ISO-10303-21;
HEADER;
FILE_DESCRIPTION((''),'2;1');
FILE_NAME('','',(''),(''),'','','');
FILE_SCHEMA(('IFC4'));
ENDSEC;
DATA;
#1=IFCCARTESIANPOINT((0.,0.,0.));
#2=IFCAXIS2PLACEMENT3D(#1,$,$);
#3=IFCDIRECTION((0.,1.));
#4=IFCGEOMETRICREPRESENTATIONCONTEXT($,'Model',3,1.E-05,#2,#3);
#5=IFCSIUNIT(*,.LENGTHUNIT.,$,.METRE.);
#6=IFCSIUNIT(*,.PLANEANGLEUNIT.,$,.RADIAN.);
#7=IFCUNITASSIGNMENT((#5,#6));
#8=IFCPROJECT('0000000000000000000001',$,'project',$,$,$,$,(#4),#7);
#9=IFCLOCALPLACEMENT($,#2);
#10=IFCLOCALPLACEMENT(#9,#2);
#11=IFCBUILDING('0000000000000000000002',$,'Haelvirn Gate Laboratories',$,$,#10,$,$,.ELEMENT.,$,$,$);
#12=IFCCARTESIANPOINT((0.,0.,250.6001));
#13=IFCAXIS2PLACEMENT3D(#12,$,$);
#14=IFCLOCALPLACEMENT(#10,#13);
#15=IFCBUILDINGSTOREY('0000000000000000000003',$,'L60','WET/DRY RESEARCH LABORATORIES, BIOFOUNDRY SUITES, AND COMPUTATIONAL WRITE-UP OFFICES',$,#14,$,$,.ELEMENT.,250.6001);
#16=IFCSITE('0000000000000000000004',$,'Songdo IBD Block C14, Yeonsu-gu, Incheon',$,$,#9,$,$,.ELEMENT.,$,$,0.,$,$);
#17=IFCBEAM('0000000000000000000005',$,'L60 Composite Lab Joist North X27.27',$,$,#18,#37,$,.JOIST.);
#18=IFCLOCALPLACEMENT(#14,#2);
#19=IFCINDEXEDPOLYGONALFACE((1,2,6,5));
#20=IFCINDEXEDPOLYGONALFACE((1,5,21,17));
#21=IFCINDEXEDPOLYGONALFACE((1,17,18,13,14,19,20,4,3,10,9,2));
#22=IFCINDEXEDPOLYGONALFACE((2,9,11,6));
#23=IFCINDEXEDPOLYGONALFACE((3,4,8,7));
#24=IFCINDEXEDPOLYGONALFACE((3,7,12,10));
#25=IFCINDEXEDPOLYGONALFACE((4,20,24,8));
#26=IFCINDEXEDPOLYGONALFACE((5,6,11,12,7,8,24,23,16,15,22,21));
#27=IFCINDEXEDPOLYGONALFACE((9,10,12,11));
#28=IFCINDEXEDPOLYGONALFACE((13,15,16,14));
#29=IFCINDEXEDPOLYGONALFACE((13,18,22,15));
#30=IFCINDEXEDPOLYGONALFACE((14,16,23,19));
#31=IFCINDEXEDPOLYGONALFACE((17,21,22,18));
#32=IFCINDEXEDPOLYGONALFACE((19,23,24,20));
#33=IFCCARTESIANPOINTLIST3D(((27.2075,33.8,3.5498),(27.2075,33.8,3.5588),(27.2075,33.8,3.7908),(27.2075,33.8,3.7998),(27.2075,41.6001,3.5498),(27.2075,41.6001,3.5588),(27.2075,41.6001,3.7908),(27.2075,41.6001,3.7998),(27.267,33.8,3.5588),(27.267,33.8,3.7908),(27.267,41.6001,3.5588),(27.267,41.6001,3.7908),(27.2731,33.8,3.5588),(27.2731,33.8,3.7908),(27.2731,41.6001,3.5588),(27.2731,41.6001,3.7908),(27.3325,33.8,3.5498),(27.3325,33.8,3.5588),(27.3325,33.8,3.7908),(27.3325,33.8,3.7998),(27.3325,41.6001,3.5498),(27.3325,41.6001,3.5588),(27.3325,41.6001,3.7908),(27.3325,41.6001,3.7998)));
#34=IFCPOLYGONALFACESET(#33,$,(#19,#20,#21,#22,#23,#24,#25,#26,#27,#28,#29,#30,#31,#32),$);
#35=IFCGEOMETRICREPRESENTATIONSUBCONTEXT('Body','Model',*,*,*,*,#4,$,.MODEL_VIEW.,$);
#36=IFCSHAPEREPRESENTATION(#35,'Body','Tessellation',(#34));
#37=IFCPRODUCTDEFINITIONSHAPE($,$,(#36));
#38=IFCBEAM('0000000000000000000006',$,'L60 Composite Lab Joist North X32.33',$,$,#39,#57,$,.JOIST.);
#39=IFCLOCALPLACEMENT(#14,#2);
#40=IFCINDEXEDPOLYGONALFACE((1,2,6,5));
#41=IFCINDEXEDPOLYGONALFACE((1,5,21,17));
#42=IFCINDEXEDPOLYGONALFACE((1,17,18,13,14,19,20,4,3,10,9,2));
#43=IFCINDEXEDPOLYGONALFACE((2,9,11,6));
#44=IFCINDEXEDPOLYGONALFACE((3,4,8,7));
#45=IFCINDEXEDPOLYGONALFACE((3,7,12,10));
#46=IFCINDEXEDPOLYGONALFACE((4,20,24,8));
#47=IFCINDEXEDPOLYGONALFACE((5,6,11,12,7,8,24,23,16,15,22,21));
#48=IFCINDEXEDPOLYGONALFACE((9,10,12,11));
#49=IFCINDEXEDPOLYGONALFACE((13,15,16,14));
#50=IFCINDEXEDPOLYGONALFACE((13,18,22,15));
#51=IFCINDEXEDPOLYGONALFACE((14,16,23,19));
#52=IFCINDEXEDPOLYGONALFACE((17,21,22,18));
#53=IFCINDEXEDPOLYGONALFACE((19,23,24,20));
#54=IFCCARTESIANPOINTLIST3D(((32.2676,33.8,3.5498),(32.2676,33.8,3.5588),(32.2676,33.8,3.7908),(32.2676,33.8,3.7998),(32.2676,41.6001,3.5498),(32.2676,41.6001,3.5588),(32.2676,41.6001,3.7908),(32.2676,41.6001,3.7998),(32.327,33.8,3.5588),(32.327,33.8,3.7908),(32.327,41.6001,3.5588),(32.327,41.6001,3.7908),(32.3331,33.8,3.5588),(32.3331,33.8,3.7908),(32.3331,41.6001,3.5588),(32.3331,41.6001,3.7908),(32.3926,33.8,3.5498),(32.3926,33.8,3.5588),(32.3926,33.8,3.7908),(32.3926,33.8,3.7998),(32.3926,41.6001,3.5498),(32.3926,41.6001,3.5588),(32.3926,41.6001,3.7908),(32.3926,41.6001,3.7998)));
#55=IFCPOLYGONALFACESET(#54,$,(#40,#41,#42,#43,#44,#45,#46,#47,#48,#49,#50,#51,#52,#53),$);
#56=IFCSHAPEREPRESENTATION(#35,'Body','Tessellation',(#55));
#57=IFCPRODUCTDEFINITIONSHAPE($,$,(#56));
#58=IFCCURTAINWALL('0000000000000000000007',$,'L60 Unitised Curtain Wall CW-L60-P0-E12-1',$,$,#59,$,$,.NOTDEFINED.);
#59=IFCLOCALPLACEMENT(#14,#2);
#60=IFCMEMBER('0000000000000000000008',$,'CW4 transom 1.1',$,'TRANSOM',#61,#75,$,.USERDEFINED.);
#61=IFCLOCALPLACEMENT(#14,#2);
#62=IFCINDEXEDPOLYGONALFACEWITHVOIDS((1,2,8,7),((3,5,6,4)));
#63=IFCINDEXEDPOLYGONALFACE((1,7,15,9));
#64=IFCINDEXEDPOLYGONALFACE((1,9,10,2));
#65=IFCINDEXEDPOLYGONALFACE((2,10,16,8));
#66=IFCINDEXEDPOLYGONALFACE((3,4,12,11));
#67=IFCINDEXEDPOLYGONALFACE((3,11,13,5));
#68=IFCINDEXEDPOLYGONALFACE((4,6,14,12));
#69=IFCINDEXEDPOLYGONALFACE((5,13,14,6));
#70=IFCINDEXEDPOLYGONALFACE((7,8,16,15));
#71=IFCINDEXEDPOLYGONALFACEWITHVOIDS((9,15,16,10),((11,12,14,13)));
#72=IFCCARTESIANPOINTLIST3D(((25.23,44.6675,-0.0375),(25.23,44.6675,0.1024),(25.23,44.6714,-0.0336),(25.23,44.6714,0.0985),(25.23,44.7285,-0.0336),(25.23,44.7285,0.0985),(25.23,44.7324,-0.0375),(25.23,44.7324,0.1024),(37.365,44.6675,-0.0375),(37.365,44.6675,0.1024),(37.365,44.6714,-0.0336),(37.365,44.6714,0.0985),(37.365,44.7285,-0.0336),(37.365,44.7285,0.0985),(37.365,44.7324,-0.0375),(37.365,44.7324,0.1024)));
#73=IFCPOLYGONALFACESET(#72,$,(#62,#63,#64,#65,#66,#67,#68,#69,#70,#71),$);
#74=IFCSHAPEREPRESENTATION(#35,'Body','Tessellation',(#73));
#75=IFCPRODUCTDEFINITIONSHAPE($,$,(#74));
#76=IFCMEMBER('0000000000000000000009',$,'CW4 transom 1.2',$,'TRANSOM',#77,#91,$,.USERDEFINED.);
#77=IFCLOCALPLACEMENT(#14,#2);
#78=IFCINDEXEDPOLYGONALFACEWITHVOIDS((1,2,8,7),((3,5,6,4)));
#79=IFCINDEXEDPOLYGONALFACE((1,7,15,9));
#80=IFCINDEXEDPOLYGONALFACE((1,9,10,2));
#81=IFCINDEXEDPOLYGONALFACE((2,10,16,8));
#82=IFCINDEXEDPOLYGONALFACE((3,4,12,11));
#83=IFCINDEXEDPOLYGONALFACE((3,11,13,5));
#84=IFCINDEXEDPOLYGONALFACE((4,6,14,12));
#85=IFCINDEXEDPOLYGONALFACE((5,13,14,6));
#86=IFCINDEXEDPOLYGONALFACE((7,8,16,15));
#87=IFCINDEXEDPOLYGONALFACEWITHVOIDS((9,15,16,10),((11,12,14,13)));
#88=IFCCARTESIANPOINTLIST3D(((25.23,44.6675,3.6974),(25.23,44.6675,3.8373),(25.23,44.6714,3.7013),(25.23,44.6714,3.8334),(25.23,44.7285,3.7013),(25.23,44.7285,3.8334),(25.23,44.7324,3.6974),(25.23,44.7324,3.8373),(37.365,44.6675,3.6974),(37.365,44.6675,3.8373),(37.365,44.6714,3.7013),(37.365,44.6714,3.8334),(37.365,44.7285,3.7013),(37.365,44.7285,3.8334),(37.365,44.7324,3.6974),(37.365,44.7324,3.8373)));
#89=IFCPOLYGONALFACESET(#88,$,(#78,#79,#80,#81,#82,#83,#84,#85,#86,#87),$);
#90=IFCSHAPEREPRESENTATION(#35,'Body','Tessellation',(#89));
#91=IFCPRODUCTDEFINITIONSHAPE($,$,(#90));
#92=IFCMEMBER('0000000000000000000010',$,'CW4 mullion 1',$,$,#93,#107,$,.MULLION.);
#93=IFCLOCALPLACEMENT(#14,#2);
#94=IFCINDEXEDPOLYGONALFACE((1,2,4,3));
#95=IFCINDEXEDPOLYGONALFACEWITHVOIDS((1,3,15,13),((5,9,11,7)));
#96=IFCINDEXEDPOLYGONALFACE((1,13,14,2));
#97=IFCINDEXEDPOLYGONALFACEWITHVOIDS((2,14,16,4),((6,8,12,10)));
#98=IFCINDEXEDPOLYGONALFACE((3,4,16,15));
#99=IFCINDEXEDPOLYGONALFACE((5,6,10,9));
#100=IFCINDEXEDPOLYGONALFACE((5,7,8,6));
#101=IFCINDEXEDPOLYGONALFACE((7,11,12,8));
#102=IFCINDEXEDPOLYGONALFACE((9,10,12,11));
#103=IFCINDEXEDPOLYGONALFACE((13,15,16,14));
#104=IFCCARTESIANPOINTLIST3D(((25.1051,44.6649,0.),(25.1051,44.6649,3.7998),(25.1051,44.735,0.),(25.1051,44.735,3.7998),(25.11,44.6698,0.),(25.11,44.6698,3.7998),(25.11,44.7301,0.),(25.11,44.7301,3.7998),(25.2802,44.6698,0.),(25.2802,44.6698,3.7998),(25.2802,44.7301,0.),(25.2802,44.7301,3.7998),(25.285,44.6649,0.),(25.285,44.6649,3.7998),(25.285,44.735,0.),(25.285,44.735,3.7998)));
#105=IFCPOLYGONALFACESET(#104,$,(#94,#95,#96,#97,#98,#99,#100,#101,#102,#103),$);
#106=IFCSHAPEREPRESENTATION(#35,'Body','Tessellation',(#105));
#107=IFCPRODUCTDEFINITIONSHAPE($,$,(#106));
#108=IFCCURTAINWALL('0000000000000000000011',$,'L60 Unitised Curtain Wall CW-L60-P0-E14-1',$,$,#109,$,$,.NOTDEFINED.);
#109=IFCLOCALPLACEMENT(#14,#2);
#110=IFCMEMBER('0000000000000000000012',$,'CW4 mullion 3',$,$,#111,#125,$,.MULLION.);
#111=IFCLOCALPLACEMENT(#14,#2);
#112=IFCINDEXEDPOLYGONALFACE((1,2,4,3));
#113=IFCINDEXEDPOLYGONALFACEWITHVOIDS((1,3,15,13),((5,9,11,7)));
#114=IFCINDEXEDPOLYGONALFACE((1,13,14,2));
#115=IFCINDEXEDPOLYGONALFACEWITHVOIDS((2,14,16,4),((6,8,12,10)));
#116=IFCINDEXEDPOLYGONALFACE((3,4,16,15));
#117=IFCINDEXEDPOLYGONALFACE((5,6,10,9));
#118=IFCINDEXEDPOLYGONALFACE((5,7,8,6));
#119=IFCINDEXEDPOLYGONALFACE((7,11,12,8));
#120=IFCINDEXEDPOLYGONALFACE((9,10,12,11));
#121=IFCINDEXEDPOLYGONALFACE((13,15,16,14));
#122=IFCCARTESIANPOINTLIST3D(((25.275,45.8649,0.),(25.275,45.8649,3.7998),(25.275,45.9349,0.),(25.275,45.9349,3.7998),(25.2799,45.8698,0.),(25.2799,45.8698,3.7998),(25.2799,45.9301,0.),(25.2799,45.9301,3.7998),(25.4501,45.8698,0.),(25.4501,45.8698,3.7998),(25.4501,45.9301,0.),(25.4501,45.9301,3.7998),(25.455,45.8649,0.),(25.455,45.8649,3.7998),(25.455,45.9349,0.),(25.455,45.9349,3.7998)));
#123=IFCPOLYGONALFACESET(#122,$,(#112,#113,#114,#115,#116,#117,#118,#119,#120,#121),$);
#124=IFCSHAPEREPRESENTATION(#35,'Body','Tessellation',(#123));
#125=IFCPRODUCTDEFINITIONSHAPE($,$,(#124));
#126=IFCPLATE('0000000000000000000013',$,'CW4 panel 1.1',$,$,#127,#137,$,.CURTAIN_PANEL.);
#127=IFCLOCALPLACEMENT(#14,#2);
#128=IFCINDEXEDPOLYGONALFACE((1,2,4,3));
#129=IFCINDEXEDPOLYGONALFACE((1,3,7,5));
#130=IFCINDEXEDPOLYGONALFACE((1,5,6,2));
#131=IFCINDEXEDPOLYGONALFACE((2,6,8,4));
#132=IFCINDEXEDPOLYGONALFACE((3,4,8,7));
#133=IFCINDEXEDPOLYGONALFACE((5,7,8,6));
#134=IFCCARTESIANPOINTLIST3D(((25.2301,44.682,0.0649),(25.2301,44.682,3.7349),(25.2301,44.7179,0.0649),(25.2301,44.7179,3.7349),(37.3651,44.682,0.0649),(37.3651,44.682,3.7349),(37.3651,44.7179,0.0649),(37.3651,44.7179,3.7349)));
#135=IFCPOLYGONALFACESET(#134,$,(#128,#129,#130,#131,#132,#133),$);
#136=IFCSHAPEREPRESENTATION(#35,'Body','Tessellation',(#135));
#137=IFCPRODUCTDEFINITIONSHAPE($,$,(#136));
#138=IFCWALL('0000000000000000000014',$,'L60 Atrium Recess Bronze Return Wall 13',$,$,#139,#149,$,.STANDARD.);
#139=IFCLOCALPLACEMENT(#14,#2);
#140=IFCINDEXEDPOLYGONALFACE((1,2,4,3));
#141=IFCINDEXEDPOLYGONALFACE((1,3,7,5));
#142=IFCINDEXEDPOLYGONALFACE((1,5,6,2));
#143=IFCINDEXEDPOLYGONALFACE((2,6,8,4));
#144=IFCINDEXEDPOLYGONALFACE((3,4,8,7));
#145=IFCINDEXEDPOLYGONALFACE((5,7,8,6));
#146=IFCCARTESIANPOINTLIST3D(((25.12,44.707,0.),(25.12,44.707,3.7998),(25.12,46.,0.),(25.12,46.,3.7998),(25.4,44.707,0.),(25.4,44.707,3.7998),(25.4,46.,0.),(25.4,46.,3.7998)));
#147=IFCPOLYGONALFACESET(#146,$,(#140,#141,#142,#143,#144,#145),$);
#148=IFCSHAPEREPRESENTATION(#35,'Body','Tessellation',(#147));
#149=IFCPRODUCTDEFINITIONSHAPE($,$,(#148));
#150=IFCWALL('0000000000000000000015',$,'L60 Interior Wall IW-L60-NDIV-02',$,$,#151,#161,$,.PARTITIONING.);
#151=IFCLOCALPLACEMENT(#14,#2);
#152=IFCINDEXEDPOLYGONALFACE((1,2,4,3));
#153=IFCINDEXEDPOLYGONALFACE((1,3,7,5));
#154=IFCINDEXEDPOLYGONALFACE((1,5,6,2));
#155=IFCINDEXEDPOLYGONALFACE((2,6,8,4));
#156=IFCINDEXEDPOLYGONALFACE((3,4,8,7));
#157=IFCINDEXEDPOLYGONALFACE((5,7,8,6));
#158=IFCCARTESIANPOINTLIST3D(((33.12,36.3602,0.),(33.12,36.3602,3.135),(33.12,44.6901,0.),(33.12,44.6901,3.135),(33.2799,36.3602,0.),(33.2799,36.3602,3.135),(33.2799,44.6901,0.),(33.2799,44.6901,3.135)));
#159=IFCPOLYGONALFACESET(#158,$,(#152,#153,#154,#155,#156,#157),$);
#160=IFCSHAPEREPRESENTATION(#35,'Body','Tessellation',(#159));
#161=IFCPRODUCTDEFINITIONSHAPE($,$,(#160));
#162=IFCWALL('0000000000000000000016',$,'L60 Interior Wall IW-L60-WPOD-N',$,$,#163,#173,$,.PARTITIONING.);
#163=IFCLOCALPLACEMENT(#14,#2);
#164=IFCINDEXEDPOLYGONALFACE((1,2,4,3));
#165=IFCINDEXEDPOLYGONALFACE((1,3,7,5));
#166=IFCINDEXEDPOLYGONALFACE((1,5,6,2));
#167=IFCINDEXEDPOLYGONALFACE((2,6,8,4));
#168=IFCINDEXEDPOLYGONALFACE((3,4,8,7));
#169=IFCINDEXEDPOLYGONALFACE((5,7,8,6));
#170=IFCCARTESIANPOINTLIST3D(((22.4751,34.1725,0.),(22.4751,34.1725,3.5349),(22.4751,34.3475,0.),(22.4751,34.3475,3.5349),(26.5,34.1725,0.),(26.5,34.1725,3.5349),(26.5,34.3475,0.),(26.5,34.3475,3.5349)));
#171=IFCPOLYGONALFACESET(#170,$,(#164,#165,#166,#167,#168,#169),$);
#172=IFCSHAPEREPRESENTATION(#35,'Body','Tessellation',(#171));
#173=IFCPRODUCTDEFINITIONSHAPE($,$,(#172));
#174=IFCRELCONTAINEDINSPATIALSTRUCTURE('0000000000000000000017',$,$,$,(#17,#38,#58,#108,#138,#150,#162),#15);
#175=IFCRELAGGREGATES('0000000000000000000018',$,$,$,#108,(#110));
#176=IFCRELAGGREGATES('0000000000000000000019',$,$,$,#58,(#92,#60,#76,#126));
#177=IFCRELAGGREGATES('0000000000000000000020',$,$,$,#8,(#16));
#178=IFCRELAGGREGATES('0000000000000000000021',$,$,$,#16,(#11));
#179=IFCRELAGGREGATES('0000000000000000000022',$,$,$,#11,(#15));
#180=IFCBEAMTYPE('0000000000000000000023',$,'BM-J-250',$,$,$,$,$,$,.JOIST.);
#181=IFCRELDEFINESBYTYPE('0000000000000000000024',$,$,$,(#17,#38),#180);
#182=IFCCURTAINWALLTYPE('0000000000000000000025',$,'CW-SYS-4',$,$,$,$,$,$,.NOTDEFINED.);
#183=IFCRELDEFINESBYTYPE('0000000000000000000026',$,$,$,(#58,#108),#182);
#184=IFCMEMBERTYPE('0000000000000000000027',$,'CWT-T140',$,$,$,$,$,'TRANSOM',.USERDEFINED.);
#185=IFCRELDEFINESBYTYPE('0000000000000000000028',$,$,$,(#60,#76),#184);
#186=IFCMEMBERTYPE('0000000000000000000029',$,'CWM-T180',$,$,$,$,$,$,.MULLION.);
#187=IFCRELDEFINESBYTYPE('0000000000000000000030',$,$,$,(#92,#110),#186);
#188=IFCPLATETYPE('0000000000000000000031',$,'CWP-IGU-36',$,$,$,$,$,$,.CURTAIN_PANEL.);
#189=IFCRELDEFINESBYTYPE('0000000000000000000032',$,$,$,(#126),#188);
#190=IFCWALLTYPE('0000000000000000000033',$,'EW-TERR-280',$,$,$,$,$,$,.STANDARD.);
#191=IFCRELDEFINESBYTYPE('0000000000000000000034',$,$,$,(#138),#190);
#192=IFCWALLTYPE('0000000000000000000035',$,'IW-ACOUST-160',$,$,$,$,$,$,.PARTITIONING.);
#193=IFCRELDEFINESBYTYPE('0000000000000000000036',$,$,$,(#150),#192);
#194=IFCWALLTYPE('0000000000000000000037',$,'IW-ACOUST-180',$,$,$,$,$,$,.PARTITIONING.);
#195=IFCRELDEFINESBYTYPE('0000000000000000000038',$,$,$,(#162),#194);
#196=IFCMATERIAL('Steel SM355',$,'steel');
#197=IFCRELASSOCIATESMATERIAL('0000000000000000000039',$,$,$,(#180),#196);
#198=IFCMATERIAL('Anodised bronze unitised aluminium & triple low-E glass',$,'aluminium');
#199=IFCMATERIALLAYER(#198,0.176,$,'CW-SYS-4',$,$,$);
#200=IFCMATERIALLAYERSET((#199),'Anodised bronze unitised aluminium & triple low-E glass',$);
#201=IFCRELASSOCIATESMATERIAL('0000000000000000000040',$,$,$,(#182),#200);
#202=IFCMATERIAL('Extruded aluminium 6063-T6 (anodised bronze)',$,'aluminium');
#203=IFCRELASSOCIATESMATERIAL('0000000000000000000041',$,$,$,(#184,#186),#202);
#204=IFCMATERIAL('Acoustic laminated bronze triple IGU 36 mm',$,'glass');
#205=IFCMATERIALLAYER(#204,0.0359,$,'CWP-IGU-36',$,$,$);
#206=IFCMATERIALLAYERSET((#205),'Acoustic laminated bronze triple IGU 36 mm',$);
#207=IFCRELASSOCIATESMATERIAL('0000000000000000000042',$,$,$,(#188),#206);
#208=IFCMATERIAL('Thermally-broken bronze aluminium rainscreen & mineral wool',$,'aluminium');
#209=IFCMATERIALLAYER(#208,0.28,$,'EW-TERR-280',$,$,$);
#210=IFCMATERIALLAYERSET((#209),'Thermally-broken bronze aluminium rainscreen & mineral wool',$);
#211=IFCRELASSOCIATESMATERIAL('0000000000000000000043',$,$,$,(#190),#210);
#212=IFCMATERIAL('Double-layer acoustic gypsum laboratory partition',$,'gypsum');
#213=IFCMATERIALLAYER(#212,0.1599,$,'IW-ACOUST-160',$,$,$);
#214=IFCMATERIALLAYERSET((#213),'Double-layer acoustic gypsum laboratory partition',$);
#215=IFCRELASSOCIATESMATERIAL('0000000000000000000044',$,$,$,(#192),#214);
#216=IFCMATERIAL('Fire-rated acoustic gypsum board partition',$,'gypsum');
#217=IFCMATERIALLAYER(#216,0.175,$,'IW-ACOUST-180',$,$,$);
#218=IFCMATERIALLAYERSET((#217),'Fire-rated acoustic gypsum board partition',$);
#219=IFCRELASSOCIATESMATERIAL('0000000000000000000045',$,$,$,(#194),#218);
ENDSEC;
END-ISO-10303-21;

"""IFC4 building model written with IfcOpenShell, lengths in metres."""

from ifc_helpers import new_model, si_unit, direction, frame, frame_2d, origin, origin_2d, place, context, subcontext, project, spatial, rectangle, hollow_rectangle, i_section, extrude, source, transform, mapped, material, layer, layer_set, material_profile, profile_set, type_object, type_shapes, element, aggregate, save


model = new_model("IFC4")

# Units and contexts
model_context = context("Model", 3, precision=1e-05, world=origin(), true_north=direction((0.0, 1.0)))
body_context = subcontext(model_context, "Body", "Model", "MODEL_VIEW")
ifc_project = project(units=[si_unit("LENGTHUNIT", "METRE"), si_unit("PLANEANGLEUNIT", "RADIAN")], contexts=[model_context])

# Site, building, storey
site_placement = place(None, origin())
site = spatial("IfcSite", under=ifc_project, at=site_placement, Name="Songdo IBD Block C14, Yeonsu-gu, Incheon", CompositionType="ELEMENT", RefElevation=0.0)
building_placement = place(site_placement, origin())
building = spatial("IfcBuilding", under=site, at=building_placement, Name="Haelvirn Gate Laboratories", CompositionType="ELEMENT")
storey_placement = place(building_placement, frame((0.0, 0.0, 250.6001)))
storey = spatial("IfcBuildingStorey", under=building, at=storey_placement, Name="L60", Description="WET/DRY RESEARCH LABORATORIES, BIOFOUNDRY SUITES, AND COMPUTATIONAL WRITE-UP OFFICES", CompositionType="ELEMENT", Elevation=250.6001)

# Shared definitions
ifc_material_1 = material(Name="Steel SM355", Category="steel")

# Beams
ifc_material_profile_1 = material_profile(ifc_material_1, i_section(OverallWidth=0.125, OverallDepth=0.25, WebThickness=0.0061, FlangeThickness=0.009, at=origin_2d()), Name="H-250x125x6x9")
ifc_profile_set_1 = profile_set([ifc_material_profile_1], Name="Steel SM355")
beam_type_1 = type_object("IfcBeamType", Name="BM-J-250", PredefinedType="JOIST", material=ifc_profile_set_1)
shared_shape_1 = source(origin(), body_context, "Body", "SweptSolid", [
    extrude(i_section(OverallWidth=0.125, OverallDepth=0.25, WebThickness=0.0061, FlangeThickness=0.009, at=origin_2d()), origin(), (0.0, 0.0, 1.0), 7.8),
])
type_shapes(beam_type_1, [shared_shape_1])
for number, where, z_axis, x_axis, name in (
    (1, (27.27, 33.8, 3.6748), (0.0, 1.0, 0.0), (-1.0, 0.0, 0.0), "L60 Composite Lab Joist North X27.27"),
    (2, (32.3301, 33.8, 3.6748), (0.0, 1.0, 0.0), (-1.0, 0.0, 0.0), "L60 Composite Lab Joist North X32.33"),
):
    element("IfcBeam", number, at=place(storey_placement, frame(where, z_axis=z_axis, x_axis=x_axis)), inside=storey, type_object=beam_type_1, Name=name, PredefinedType="JOIST", context=body_context, shape_type="MappedRepresentation", body=[
        mapped(shared_shape_1, transform((0.0, 0.0, 0.0), scale=1.0)),
    ])

# Curtain wall, members
ifc_material_2 = material(Name="Anodised bronze unitised aluminium & triple low-E glass", Category="aluminium")
ifc_layer_1 = layer(ifc_material_2, 0.176, Name="CW-SYS-4")
ifc_layer_set_1 = layer_set([ifc_layer_1], Name="Anodised bronze unitised aluminium & triple low-E glass")
curtain_wall_type = type_object("IfcCurtainWallType", Name="CW-SYS-4", PredefinedType="NOTDEFINED", material=ifc_layer_set_1)
curtain_wall_1_placement = place(storey_placement, origin())
curtain_wall_1 = element("IfcCurtainWall", 3, at=curtain_wall_1_placement, inside=storey, type_object=curtain_wall_type, Name="L60 Unitised Curtain Wall CW-L60-P0-E12-1", PredefinedType="NOTDEFINED")
ifc_material_3 = material(Name="Extruded aluminium 6063-T6 (anodised bronze)", Category="aluminium")
ifc_material_profile_2 = material_profile(ifc_material_3, hollow_rectangle(XDim=0.0649, YDim=0.1399, WallThickness=0.0039, at=origin_2d()), Name="CWT-140x65x4")
ifc_profile_set_2 = profile_set([ifc_material_profile_2], Name="Extruded aluminium 6063-T6 (anodised bronze)")
member_type_1 = type_object("IfcMemberType", Name="CWT-T140", ElementType="TRANSOM", PredefinedType="USERDEFINED", material=ifc_profile_set_2)
shared_shape_2 = source(origin(), body_context, "Body", "SweptSolid", [
    extrude(hollow_rectangle(XDim=0.0649, YDim=0.1399, WallThickness=0.0039, at=origin_2d()), origin(), (0.0, 0.0, 1.0), 12.135),
])
type_shapes(member_type_1, [shared_shape_2])
member_1_placement = place(storey_placement, frame((25.23, 44.7, 0.0325), z_axis=(1.0, 0.0, 0.0), x_axis=(0.0, 1.0, 0.0)))
member_1 = element("IfcMember", 4, at=member_1_placement, type_object=member_type_1, Name="CW4 transom 1.1", ObjectType="TRANSOM", PredefinedType="USERDEFINED", context=body_context, shape_type="MappedRepresentation", body=[
    mapped(shared_shape_2, transform((0.0, 0.0, 0.0), scale=1.0)),
])
member_2_placement = place(storey_placement, frame((25.23, 44.7, 3.7673), z_axis=(1.0, 0.0, 0.0), x_axis=(0.0, 1.0, 0.0)))
member_2 = element("IfcMember", 5, at=member_2_placement, type_object=member_type_1, Name="CW4 transom 1.2", ObjectType="TRANSOM", PredefinedType="USERDEFINED", context=body_context, shape_type="MappedRepresentation", body=[
    mapped(shared_shape_2, transform((0.0, 0.0, 0.0), scale=1.0)),
])
ifc_material_profile_3 = material_profile(ifc_material_3, hollow_rectangle(XDim=0.0701, YDim=0.1799, WallThickness=0.0049, at=origin_2d()), Name="CWM-180x70x5")
ifc_profile_set_3 = profile_set([ifc_material_profile_3], Name="Extruded aluminium 6063-T6 (anodised bronze)")
member_type_2 = type_object("IfcMemberType", Name="CWM-T180", PredefinedType="MULLION", material=ifc_profile_set_3)
shared_shape_3 = source(origin(), body_context, "Body", "SweptSolid", [
    extrude(hollow_rectangle(XDim=0.0701, YDim=0.1799, WallThickness=0.0049, at=origin_2d()), origin(), (0.0, 0.0, 1.0), 3.7998),
])
type_shapes(member_type_2, [shared_shape_3])
member_3_placement = place(storey_placement, frame((25.1951, 44.7, 0.0), z_axis=(0.0, 0.0, 1.0), x_axis=(0.0, 1.0, 0.0)))
member_3 = element("IfcMember", 6, at=member_3_placement, type_object=member_type_2, Name="CW4 mullion 1", PredefinedType="MULLION", context=body_context, shape_type="MappedRepresentation", body=[
    mapped(shared_shape_3, transform((0.0, 0.0, 0.0), scale=1.0)),
])

# Curtain wall, member
curtain_wall_2_placement = place(storey_placement, origin())
curtain_wall_2 = element("IfcCurtainWall", 7, at=curtain_wall_2_placement, inside=storey, type_object=curtain_wall_type, Name="L60 Unitised Curtain Wall CW-L60-P0-E14-1", PredefinedType="NOTDEFINED")
member_4_placement = place(storey_placement, frame((25.365, 45.8999, 0.0), z_axis=(0.0, 0.0, 1.0), x_axis=(0.0, 1.0, 0.0)))
member_4 = element("IfcMember", 8, at=member_4_placement, type_object=member_type_2, Name="CW4 mullion 3", PredefinedType="MULLION", context=body_context, shape_type="MappedRepresentation", body=[
    mapped(shared_shape_3, transform((0.0, 0.0, 0.0), scale=1.0)),
])
aggregate(curtain_wall_2, [member_4])

# Plate
ifc_material_4 = material(Name="Acoustic laminated bronze triple IGU 36 mm", Category="glass")
ifc_layer_2 = layer(ifc_material_4, 0.0359, Name="CWP-IGU-36")
ifc_layer_set_2 = layer_set([ifc_layer_2], Name="Acoustic laminated bronze triple IGU 36 mm")
plate_type = type_object("IfcPlateType", Name="CWP-IGU-36", PredefinedType="CURTAIN_PANEL", material=ifc_layer_set_2)
shared_shape_4 = source(origin(), body_context, "Body", "SweptSolid", [
    extrude(rectangle(XDim=12.135, YDim=0.0359, at=origin_2d()), origin(), (0.0, 0.0, 1.0), 3.6699),
])
type_shapes(plate_type, [shared_shape_4])
plate_placement = place(storey_placement, frame((31.2976, 44.7, 0.0649), z_axis=(0.0, 0.0, 1.0), x_axis=(1.0, 0.0, 0.0)))
plate = element("IfcPlate", 9, at=plate_placement, type_object=plate_type, Name="CW4 panel 1.1", PredefinedType="CURTAIN_PANEL", context=body_context, shape_type="MappedRepresentation", body=[
    mapped(shared_shape_4, transform((0.0, 0.0, 0.0), scale=1.0)),
])
aggregate(curtain_wall_1, [member_3, member_1, member_2, plate])

# Walls
ifc_material_5 = material(Name="Thermally-broken bronze aluminium rainscreen & mineral wool", Category="aluminium")
ifc_layer_3 = layer(ifc_material_5, 0.28, Name="EW-TERR-280")
ifc_layer_set_3 = layer_set([ifc_layer_3], Name="Thermally-broken bronze aluminium rainscreen & mineral wool")
wall_type_1 = type_object("IfcWallType", Name="EW-TERR-280", PredefinedType="STANDARD", material=ifc_layer_set_3)
wall_1_placement = place(storey_placement, frame((25.26, 44.707, 0.0), z_axis=(0.0, 0.0, 1.0), x_axis=(0.0, 1.0, 0.0)))
element("IfcWall", 10, at=wall_1_placement, inside=storey, type_object=wall_type_1, Name="L60 Atrium Recess Bronze Return Wall 13", PredefinedType="STANDARD", context=body_context, shape_type="SweptSolid", body=[
    extrude(rectangle(XDim=1.293, YDim=0.28, at=frame_2d((0.6465, 0.0))), origin(), (0.0, 0.0, 1.0), 3.7998),
])
ifc_material_6 = material(Name="Double-layer acoustic gypsum laboratory partition", Category="gypsum")
ifc_layer_4 = layer(ifc_material_6, 0.1599, Name="IW-ACOUST-160")
ifc_layer_set_4 = layer_set([ifc_layer_4], Name="Double-layer acoustic gypsum laboratory partition")
wall_type_2 = type_object("IfcWallType", Name="IW-ACOUST-160", PredefinedType="PARTITIONING", material=ifc_layer_set_4)
wall_2_placement = place(storey_placement, frame((33.2, 36.3601, 0.0), z_axis=(0.0, 0.0, 1.0), x_axis=(0.0, 1.0, 0.0)))
element("IfcWall", 11, at=wall_2_placement, inside=storey, type_object=wall_type_2, Name="L60 Interior Wall IW-L60-NDIV-02", PredefinedType="PARTITIONING", context=body_context, shape_type="SweptSolid", body=[
    extrude(rectangle(XDim=8.3298, YDim=0.1599, at=frame_2d((4.165, 0.0))), origin(), (0.0, 0.0, 1.0), 3.135),
])
ifc_material_7 = material(Name="Fire-rated acoustic gypsum board partition", Category="gypsum")
ifc_layer_5 = layer(ifc_material_7, 0.175, Name="IW-ACOUST-180")
ifc_layer_set_5 = layer_set([ifc_layer_5], Name="Fire-rated acoustic gypsum board partition")
wall_type_3 = type_object("IfcWallType", Name="IW-ACOUST-180", PredefinedType="PARTITIONING", material=ifc_layer_set_5)
wall_3_placement = place(storey_placement, frame((22.4751, 34.26, 0.0), z_axis=(0.0, 0.0, 1.0), x_axis=(1.0, 0.0, 0.0)))
element("IfcWall", 12, at=wall_3_placement, inside=storey, type_object=wall_type_3, Name="L60 Interior Wall IW-L60-WPOD-N", PredefinedType="PARTITIONING", context=body_context, shape_type="SweptSolid", body=[
    extrude(rectangle(XDim=4.0249, YDim=0.175, at=frame_2d((2.0125, 0.0))), origin(), (0.0, 0.0, 1.0), 3.5349),
])

save(model, "model.ifc")
